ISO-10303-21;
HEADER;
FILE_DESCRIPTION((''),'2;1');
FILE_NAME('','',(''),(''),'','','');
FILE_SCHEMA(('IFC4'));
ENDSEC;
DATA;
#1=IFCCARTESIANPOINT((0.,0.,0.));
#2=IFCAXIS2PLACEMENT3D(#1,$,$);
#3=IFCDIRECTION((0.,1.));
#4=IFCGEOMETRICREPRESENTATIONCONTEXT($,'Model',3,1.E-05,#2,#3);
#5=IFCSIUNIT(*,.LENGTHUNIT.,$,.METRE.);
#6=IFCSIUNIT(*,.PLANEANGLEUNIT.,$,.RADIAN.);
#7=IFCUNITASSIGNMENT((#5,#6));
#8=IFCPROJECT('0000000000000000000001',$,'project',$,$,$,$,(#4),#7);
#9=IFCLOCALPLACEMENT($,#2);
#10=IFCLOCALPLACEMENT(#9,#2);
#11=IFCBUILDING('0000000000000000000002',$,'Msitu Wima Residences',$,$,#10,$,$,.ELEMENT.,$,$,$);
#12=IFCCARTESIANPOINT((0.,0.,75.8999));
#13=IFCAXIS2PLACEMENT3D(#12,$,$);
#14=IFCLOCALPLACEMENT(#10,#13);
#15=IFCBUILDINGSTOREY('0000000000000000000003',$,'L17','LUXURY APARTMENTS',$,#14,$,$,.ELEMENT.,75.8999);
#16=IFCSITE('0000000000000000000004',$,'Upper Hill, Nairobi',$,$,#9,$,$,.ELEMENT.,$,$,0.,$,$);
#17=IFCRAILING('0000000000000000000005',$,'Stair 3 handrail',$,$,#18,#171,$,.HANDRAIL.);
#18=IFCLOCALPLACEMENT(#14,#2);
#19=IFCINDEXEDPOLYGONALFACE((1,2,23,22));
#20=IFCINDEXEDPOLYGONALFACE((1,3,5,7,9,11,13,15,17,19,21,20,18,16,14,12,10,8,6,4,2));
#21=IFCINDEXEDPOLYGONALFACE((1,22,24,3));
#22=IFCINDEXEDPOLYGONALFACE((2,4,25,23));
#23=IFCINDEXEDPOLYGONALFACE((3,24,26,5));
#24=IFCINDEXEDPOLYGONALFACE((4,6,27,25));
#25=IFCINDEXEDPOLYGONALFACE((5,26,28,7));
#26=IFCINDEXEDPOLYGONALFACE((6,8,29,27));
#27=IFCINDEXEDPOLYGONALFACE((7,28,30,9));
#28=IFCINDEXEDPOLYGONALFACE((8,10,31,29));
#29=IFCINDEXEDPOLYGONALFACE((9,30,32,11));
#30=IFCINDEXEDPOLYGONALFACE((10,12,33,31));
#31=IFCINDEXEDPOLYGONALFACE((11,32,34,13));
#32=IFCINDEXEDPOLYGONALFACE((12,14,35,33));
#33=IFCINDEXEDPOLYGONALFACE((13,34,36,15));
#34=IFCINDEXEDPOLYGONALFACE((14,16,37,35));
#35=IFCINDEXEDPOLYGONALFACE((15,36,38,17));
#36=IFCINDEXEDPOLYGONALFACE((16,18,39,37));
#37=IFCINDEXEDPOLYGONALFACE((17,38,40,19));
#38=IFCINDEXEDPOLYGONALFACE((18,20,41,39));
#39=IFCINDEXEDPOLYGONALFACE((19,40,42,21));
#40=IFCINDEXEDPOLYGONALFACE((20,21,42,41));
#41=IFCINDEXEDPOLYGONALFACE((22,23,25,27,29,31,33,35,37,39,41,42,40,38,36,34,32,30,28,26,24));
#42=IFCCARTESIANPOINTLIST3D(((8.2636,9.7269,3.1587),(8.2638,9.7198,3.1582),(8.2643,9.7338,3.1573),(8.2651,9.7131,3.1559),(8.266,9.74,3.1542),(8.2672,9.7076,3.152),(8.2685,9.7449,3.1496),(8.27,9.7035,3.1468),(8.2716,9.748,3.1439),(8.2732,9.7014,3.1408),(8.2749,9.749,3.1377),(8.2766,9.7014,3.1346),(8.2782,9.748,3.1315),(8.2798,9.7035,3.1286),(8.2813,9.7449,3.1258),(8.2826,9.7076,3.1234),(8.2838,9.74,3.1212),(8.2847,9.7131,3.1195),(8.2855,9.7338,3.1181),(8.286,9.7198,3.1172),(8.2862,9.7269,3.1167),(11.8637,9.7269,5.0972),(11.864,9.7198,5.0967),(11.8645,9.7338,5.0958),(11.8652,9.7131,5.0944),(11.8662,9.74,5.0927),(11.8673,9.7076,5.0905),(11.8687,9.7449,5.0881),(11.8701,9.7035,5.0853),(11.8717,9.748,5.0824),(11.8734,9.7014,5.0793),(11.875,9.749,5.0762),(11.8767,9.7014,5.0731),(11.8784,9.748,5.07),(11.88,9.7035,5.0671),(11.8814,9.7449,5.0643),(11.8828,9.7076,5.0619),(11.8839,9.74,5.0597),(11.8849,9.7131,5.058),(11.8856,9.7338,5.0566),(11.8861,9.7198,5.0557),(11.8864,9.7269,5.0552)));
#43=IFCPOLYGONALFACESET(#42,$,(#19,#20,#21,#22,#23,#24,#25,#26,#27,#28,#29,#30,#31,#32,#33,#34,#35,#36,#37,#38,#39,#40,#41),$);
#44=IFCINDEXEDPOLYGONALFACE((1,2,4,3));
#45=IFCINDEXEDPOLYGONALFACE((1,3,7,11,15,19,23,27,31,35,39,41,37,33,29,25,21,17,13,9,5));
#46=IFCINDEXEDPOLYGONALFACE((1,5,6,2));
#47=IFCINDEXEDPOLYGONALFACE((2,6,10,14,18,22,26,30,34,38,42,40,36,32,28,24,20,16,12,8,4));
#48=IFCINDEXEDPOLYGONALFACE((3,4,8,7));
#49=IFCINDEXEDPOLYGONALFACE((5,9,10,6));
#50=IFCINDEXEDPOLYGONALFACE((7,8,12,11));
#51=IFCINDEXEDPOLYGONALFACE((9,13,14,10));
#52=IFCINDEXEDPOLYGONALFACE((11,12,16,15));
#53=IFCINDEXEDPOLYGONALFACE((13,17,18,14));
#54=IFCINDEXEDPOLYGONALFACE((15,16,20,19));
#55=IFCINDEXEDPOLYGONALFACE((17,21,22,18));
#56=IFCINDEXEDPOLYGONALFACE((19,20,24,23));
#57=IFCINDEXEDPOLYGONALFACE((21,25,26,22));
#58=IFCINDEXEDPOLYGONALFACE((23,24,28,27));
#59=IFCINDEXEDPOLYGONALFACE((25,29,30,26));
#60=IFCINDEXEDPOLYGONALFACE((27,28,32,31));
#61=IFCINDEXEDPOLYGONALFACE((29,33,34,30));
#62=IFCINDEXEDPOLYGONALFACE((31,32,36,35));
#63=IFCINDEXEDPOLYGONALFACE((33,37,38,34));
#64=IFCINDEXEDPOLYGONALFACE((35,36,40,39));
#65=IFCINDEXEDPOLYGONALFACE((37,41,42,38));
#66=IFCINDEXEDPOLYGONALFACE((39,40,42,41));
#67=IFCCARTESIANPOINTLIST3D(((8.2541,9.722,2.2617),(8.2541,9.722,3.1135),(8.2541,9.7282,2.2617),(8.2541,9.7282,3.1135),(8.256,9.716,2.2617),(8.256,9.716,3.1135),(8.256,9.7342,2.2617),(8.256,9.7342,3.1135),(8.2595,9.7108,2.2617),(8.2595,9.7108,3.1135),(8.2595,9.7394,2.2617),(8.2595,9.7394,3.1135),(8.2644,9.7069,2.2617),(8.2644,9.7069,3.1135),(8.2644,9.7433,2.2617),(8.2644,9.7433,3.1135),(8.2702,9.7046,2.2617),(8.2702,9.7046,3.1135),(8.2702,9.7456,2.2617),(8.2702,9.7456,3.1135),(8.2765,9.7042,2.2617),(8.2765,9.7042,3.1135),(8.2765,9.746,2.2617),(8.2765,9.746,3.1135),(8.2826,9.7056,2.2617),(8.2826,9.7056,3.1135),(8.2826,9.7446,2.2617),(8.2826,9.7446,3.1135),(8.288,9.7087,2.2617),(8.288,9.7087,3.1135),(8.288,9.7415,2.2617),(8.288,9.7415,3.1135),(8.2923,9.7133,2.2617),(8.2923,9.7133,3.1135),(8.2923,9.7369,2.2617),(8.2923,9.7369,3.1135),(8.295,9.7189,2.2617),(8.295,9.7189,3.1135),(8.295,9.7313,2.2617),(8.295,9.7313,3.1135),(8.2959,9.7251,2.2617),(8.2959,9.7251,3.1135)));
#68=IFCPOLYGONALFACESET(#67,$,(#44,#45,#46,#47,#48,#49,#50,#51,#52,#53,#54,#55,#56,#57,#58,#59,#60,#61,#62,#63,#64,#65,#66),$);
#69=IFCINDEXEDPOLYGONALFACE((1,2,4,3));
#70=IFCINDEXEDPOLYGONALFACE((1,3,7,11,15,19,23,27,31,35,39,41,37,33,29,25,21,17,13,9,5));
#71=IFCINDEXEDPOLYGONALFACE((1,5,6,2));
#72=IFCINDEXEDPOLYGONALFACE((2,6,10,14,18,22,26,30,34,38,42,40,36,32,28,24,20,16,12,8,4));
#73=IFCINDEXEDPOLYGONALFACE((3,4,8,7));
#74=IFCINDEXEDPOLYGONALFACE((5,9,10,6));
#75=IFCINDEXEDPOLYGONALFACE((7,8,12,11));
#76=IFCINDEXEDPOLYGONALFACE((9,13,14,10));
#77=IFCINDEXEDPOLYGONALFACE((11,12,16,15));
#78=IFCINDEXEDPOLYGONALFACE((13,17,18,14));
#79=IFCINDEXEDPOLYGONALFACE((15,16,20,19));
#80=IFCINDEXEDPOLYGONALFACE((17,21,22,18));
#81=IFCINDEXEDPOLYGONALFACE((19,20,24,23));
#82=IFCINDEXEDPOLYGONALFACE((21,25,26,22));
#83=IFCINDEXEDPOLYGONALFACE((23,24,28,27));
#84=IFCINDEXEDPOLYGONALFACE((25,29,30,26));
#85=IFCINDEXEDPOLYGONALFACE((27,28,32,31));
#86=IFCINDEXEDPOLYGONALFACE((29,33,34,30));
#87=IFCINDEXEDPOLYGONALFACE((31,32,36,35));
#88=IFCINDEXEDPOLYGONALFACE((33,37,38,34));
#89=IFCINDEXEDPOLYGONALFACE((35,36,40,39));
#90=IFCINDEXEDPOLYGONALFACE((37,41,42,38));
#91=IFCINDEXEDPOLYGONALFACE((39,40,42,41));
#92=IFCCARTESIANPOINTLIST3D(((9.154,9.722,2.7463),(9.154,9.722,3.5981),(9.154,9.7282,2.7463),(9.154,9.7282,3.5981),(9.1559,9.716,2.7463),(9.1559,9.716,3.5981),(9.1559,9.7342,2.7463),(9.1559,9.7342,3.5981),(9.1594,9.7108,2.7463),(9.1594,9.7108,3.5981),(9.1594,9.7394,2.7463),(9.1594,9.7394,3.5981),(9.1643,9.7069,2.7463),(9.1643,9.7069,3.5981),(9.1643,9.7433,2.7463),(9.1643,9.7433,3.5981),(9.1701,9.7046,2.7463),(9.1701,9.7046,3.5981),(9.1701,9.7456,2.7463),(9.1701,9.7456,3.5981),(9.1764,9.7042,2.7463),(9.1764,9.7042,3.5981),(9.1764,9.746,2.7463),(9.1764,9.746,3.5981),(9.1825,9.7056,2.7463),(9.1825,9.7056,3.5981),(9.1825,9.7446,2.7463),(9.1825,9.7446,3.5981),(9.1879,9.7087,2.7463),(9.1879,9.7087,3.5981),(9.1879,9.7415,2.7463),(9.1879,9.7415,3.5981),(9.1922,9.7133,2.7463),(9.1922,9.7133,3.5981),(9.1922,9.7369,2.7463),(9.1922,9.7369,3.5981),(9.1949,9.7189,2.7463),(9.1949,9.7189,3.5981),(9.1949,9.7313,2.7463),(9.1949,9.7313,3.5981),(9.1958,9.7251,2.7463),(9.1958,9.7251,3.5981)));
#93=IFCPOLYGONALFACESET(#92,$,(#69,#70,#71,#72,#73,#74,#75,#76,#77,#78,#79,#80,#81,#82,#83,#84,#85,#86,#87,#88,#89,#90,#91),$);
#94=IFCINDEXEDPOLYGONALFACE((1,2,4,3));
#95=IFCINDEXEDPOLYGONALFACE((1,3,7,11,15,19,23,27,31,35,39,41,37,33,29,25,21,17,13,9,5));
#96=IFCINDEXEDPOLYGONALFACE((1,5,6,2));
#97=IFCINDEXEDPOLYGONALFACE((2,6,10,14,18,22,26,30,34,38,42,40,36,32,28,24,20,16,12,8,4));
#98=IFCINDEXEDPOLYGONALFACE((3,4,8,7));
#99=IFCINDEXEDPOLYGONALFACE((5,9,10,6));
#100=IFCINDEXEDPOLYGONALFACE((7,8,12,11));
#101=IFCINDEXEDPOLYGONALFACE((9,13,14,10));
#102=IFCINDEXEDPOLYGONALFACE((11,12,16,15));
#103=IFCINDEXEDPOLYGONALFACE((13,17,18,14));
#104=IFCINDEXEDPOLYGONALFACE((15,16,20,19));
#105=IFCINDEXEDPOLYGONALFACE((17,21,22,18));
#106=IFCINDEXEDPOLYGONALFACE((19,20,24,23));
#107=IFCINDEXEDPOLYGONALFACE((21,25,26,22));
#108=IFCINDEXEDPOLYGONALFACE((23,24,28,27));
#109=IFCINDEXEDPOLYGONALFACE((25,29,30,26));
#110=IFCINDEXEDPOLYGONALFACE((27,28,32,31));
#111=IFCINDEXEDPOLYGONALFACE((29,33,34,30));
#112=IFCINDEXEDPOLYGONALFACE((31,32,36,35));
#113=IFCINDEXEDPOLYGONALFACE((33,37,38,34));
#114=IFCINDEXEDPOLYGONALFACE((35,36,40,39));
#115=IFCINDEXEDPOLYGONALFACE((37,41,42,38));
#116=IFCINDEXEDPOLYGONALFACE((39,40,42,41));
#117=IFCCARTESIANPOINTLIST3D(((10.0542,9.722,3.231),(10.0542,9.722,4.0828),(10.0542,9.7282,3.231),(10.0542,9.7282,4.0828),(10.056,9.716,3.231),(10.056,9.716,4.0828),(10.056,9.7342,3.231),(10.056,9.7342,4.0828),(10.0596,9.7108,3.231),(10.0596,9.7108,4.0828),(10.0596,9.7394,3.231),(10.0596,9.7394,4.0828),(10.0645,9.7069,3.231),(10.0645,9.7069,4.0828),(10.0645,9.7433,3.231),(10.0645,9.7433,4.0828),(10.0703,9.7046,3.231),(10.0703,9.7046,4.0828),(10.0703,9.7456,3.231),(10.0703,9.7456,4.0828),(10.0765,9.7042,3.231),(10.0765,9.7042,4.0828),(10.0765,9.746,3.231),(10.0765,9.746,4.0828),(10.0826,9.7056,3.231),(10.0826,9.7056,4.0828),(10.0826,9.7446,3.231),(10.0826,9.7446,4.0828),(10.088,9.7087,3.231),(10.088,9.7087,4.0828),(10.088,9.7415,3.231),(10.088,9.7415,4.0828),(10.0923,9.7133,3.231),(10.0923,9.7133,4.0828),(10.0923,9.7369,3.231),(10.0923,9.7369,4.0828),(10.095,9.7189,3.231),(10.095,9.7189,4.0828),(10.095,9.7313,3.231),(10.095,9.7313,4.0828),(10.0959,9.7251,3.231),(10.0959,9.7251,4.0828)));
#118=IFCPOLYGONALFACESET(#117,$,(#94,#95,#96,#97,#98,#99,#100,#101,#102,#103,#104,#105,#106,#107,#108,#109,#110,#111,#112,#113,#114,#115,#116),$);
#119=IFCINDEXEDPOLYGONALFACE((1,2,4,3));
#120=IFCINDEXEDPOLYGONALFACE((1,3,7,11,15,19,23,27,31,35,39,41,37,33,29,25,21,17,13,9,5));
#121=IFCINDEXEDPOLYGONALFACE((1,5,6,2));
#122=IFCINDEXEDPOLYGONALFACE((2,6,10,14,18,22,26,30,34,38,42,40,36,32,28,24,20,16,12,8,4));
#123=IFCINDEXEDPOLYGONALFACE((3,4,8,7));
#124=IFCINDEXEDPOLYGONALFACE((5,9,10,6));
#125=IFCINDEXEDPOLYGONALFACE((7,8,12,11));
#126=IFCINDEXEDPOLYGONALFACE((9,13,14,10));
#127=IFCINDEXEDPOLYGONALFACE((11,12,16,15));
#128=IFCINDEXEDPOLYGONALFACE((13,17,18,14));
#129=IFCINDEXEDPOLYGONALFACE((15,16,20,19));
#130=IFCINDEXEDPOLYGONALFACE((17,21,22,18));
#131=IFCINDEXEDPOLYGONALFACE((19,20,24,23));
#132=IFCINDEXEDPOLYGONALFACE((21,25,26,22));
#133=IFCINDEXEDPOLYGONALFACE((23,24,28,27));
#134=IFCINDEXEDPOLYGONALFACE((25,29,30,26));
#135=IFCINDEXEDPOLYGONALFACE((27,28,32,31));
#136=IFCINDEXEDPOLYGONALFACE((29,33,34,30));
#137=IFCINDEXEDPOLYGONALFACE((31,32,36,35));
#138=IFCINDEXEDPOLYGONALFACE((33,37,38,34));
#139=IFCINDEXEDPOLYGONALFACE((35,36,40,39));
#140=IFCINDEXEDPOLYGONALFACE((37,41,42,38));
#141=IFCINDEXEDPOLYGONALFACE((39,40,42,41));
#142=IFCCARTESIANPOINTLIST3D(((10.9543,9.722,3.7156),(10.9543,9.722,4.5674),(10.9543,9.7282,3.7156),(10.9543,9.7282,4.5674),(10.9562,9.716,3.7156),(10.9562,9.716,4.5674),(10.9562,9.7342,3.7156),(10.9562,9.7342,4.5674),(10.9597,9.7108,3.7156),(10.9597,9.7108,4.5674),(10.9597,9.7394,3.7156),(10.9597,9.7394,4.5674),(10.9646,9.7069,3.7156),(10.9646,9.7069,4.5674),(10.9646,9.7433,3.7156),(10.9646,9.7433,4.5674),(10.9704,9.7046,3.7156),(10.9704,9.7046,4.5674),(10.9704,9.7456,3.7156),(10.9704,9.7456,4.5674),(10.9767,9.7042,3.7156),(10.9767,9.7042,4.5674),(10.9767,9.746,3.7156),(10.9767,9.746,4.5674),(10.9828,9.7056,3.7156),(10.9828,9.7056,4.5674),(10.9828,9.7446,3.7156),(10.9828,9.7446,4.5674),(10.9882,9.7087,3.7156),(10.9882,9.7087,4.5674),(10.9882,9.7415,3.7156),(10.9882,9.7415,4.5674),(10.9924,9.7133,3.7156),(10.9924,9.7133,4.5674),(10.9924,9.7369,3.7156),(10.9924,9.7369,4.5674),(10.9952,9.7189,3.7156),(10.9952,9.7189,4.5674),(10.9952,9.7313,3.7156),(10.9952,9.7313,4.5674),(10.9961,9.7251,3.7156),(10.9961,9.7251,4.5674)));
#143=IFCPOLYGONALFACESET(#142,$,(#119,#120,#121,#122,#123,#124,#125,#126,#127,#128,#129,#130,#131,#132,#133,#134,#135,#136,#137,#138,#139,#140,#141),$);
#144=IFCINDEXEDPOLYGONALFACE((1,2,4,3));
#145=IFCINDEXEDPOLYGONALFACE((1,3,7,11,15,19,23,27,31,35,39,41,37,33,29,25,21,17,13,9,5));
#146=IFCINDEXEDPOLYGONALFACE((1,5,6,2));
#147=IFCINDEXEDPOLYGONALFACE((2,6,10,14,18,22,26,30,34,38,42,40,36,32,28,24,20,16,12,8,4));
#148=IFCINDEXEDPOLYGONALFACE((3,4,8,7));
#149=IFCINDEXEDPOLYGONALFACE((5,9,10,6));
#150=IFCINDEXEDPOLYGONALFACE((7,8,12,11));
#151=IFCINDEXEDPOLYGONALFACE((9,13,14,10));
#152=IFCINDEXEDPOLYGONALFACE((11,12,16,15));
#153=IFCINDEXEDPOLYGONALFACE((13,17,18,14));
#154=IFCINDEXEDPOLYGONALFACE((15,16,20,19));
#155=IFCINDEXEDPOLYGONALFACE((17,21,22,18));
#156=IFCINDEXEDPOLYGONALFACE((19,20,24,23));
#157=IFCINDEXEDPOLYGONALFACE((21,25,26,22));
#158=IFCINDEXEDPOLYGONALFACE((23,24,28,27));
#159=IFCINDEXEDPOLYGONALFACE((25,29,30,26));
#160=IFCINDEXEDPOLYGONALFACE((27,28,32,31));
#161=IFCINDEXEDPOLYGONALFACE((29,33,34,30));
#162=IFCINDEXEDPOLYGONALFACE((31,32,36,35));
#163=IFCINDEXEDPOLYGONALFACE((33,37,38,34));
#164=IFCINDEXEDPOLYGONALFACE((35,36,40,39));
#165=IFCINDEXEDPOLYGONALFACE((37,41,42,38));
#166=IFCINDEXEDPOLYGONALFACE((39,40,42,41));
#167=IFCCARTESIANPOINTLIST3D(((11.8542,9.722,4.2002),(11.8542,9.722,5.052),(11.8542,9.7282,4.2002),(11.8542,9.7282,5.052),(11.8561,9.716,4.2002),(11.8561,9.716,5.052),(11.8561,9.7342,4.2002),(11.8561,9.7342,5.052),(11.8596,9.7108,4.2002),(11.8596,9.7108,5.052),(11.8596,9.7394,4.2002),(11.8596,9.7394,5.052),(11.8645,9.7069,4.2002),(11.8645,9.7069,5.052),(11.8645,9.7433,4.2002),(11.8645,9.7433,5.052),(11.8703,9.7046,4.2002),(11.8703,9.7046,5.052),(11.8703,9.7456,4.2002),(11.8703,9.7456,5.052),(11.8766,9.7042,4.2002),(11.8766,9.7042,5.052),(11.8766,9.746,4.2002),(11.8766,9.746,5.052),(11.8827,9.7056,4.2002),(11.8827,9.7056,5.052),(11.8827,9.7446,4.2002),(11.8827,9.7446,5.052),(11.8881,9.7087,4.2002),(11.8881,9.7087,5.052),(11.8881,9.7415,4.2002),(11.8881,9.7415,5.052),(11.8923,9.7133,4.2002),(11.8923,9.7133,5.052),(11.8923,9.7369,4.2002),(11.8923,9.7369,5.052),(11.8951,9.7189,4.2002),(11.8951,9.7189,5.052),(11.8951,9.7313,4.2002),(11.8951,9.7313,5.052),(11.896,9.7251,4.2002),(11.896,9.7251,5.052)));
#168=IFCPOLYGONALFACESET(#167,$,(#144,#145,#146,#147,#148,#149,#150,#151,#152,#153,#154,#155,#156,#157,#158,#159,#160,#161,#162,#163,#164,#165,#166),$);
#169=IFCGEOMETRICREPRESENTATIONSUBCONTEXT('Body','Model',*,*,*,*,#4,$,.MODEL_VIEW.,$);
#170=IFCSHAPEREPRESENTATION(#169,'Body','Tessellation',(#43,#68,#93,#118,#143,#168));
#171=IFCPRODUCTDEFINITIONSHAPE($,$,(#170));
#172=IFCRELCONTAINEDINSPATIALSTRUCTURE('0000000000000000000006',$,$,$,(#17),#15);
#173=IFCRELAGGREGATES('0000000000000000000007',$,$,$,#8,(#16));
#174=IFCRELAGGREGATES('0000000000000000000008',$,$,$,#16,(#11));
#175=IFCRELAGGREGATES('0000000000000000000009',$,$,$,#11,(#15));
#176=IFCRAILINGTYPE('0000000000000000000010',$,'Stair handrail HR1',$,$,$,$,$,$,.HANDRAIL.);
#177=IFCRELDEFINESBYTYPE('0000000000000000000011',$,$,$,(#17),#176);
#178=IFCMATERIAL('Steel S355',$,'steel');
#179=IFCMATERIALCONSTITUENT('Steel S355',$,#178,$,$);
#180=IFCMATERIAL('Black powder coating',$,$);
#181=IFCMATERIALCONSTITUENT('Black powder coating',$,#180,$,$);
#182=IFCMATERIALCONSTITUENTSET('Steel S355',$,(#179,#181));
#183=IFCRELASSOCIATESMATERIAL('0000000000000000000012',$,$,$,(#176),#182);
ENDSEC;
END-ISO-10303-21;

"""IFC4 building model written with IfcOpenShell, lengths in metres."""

from ifc_helpers import new_model, si_unit, direction, frame, origin, origin_2d, place, context, subcontext, project, spatial, circle, extrude, material, constituent, constituent_set, type_object, element, save


model = new_model("IFC4")

# Units and contexts
model_context = context("Model", 3, precision=1e-05, world=origin(), true_north=direction((0.0, 1.0)))
body_context = subcontext(model_context, "Body", "Model", "MODEL_VIEW")
ifc_project = project(units=[si_unit("LENGTHUNIT", "METRE"), si_unit("PLANEANGLEUNIT", "RADIAN")], contexts=[model_context])

# Site, building, storey
site_placement = place(None, origin())
site = spatial("IfcSite", under=ifc_project, at=site_placement, Name="Upper Hill, Nairobi", CompositionType="ELEMENT", RefElevation=0.0)
building_placement = place(site_placement, origin())
building = spatial("IfcBuilding", under=site, at=building_placement, Name="Msitu Wima Residences", CompositionType="ELEMENT")
storey_placement = place(building_placement, frame((0.0, 0.0, 75.8999)))
storey = spatial("IfcBuildingStorey", under=building, at=storey_placement, Name="L17", Description="LUXURY APARTMENTS", CompositionType="ELEMENT", Elevation=75.8999)

# Railing
ifc_material_1 = material(Name="Steel S355", Category="steel")
ifc_constituent_1 = constituent(ifc_material_1, Name="Steel S355")
ifc_material_2 = material(Name="Black powder coating")
ifc_constituent_2 = constituent(ifc_material_2, Name="Black powder coating")
ifc_constituent_set = constituent_set(constituents=[ifc_constituent_1, ifc_constituent_2], Name="Steel S355")
railing_type = type_object("IfcRailingType", Name="Stair handrail HR1", PredefinedType="HANDRAIL", material=ifc_constituent_set)
for number, where, name in (
    (1, (8.2749, 9.7251, 2.2617), "Stair 3 handrail"),
):
    element("IfcRailing", number, at=place(storey_placement, frame(where)), inside=storey, type_object=railing_type, Name=name, PredefinedType="HANDRAIL", context=body_context, shape_type="SweptSolid", body=[
        extrude(circle(Radius=0.0239, at=origin_2d()), frame((0.0, 0.0, 0.876), z_axis=(0.880475, 0.0, 0.474093), x_axis=(0.0, 1.0, 0.0)), (0.0, 0.0, 1.0), 4.0889),
        extrude(circle(Radius=0.021, at=origin_2d()), origin(), (0.0, 0.0, 1.0), 0.8518),
        extrude(circle(Radius=0.021, at=origin_2d()), frame((0.8999, 0.0, 0.4846)), (0.0, 0.0, 1.0), 0.8518),
        extrude(circle(Radius=0.021, at=origin_2d()), frame((1.8, 0.0, 0.9692)), (0.0, 0.0, 1.0), 0.8518),
        extrude(circle(Radius=0.021, at=origin_2d()), frame((2.7002, 0.0, 1.4539)), (0.0, 0.0, 1.0), 0.8518),
        extrude(circle(Radius=0.021, at=origin_2d()), frame((3.6001, 0.0, 1.9385)), (0.0, 0.0, 1.0), 0.8518),
    ])

save(model, "model.ifc")
